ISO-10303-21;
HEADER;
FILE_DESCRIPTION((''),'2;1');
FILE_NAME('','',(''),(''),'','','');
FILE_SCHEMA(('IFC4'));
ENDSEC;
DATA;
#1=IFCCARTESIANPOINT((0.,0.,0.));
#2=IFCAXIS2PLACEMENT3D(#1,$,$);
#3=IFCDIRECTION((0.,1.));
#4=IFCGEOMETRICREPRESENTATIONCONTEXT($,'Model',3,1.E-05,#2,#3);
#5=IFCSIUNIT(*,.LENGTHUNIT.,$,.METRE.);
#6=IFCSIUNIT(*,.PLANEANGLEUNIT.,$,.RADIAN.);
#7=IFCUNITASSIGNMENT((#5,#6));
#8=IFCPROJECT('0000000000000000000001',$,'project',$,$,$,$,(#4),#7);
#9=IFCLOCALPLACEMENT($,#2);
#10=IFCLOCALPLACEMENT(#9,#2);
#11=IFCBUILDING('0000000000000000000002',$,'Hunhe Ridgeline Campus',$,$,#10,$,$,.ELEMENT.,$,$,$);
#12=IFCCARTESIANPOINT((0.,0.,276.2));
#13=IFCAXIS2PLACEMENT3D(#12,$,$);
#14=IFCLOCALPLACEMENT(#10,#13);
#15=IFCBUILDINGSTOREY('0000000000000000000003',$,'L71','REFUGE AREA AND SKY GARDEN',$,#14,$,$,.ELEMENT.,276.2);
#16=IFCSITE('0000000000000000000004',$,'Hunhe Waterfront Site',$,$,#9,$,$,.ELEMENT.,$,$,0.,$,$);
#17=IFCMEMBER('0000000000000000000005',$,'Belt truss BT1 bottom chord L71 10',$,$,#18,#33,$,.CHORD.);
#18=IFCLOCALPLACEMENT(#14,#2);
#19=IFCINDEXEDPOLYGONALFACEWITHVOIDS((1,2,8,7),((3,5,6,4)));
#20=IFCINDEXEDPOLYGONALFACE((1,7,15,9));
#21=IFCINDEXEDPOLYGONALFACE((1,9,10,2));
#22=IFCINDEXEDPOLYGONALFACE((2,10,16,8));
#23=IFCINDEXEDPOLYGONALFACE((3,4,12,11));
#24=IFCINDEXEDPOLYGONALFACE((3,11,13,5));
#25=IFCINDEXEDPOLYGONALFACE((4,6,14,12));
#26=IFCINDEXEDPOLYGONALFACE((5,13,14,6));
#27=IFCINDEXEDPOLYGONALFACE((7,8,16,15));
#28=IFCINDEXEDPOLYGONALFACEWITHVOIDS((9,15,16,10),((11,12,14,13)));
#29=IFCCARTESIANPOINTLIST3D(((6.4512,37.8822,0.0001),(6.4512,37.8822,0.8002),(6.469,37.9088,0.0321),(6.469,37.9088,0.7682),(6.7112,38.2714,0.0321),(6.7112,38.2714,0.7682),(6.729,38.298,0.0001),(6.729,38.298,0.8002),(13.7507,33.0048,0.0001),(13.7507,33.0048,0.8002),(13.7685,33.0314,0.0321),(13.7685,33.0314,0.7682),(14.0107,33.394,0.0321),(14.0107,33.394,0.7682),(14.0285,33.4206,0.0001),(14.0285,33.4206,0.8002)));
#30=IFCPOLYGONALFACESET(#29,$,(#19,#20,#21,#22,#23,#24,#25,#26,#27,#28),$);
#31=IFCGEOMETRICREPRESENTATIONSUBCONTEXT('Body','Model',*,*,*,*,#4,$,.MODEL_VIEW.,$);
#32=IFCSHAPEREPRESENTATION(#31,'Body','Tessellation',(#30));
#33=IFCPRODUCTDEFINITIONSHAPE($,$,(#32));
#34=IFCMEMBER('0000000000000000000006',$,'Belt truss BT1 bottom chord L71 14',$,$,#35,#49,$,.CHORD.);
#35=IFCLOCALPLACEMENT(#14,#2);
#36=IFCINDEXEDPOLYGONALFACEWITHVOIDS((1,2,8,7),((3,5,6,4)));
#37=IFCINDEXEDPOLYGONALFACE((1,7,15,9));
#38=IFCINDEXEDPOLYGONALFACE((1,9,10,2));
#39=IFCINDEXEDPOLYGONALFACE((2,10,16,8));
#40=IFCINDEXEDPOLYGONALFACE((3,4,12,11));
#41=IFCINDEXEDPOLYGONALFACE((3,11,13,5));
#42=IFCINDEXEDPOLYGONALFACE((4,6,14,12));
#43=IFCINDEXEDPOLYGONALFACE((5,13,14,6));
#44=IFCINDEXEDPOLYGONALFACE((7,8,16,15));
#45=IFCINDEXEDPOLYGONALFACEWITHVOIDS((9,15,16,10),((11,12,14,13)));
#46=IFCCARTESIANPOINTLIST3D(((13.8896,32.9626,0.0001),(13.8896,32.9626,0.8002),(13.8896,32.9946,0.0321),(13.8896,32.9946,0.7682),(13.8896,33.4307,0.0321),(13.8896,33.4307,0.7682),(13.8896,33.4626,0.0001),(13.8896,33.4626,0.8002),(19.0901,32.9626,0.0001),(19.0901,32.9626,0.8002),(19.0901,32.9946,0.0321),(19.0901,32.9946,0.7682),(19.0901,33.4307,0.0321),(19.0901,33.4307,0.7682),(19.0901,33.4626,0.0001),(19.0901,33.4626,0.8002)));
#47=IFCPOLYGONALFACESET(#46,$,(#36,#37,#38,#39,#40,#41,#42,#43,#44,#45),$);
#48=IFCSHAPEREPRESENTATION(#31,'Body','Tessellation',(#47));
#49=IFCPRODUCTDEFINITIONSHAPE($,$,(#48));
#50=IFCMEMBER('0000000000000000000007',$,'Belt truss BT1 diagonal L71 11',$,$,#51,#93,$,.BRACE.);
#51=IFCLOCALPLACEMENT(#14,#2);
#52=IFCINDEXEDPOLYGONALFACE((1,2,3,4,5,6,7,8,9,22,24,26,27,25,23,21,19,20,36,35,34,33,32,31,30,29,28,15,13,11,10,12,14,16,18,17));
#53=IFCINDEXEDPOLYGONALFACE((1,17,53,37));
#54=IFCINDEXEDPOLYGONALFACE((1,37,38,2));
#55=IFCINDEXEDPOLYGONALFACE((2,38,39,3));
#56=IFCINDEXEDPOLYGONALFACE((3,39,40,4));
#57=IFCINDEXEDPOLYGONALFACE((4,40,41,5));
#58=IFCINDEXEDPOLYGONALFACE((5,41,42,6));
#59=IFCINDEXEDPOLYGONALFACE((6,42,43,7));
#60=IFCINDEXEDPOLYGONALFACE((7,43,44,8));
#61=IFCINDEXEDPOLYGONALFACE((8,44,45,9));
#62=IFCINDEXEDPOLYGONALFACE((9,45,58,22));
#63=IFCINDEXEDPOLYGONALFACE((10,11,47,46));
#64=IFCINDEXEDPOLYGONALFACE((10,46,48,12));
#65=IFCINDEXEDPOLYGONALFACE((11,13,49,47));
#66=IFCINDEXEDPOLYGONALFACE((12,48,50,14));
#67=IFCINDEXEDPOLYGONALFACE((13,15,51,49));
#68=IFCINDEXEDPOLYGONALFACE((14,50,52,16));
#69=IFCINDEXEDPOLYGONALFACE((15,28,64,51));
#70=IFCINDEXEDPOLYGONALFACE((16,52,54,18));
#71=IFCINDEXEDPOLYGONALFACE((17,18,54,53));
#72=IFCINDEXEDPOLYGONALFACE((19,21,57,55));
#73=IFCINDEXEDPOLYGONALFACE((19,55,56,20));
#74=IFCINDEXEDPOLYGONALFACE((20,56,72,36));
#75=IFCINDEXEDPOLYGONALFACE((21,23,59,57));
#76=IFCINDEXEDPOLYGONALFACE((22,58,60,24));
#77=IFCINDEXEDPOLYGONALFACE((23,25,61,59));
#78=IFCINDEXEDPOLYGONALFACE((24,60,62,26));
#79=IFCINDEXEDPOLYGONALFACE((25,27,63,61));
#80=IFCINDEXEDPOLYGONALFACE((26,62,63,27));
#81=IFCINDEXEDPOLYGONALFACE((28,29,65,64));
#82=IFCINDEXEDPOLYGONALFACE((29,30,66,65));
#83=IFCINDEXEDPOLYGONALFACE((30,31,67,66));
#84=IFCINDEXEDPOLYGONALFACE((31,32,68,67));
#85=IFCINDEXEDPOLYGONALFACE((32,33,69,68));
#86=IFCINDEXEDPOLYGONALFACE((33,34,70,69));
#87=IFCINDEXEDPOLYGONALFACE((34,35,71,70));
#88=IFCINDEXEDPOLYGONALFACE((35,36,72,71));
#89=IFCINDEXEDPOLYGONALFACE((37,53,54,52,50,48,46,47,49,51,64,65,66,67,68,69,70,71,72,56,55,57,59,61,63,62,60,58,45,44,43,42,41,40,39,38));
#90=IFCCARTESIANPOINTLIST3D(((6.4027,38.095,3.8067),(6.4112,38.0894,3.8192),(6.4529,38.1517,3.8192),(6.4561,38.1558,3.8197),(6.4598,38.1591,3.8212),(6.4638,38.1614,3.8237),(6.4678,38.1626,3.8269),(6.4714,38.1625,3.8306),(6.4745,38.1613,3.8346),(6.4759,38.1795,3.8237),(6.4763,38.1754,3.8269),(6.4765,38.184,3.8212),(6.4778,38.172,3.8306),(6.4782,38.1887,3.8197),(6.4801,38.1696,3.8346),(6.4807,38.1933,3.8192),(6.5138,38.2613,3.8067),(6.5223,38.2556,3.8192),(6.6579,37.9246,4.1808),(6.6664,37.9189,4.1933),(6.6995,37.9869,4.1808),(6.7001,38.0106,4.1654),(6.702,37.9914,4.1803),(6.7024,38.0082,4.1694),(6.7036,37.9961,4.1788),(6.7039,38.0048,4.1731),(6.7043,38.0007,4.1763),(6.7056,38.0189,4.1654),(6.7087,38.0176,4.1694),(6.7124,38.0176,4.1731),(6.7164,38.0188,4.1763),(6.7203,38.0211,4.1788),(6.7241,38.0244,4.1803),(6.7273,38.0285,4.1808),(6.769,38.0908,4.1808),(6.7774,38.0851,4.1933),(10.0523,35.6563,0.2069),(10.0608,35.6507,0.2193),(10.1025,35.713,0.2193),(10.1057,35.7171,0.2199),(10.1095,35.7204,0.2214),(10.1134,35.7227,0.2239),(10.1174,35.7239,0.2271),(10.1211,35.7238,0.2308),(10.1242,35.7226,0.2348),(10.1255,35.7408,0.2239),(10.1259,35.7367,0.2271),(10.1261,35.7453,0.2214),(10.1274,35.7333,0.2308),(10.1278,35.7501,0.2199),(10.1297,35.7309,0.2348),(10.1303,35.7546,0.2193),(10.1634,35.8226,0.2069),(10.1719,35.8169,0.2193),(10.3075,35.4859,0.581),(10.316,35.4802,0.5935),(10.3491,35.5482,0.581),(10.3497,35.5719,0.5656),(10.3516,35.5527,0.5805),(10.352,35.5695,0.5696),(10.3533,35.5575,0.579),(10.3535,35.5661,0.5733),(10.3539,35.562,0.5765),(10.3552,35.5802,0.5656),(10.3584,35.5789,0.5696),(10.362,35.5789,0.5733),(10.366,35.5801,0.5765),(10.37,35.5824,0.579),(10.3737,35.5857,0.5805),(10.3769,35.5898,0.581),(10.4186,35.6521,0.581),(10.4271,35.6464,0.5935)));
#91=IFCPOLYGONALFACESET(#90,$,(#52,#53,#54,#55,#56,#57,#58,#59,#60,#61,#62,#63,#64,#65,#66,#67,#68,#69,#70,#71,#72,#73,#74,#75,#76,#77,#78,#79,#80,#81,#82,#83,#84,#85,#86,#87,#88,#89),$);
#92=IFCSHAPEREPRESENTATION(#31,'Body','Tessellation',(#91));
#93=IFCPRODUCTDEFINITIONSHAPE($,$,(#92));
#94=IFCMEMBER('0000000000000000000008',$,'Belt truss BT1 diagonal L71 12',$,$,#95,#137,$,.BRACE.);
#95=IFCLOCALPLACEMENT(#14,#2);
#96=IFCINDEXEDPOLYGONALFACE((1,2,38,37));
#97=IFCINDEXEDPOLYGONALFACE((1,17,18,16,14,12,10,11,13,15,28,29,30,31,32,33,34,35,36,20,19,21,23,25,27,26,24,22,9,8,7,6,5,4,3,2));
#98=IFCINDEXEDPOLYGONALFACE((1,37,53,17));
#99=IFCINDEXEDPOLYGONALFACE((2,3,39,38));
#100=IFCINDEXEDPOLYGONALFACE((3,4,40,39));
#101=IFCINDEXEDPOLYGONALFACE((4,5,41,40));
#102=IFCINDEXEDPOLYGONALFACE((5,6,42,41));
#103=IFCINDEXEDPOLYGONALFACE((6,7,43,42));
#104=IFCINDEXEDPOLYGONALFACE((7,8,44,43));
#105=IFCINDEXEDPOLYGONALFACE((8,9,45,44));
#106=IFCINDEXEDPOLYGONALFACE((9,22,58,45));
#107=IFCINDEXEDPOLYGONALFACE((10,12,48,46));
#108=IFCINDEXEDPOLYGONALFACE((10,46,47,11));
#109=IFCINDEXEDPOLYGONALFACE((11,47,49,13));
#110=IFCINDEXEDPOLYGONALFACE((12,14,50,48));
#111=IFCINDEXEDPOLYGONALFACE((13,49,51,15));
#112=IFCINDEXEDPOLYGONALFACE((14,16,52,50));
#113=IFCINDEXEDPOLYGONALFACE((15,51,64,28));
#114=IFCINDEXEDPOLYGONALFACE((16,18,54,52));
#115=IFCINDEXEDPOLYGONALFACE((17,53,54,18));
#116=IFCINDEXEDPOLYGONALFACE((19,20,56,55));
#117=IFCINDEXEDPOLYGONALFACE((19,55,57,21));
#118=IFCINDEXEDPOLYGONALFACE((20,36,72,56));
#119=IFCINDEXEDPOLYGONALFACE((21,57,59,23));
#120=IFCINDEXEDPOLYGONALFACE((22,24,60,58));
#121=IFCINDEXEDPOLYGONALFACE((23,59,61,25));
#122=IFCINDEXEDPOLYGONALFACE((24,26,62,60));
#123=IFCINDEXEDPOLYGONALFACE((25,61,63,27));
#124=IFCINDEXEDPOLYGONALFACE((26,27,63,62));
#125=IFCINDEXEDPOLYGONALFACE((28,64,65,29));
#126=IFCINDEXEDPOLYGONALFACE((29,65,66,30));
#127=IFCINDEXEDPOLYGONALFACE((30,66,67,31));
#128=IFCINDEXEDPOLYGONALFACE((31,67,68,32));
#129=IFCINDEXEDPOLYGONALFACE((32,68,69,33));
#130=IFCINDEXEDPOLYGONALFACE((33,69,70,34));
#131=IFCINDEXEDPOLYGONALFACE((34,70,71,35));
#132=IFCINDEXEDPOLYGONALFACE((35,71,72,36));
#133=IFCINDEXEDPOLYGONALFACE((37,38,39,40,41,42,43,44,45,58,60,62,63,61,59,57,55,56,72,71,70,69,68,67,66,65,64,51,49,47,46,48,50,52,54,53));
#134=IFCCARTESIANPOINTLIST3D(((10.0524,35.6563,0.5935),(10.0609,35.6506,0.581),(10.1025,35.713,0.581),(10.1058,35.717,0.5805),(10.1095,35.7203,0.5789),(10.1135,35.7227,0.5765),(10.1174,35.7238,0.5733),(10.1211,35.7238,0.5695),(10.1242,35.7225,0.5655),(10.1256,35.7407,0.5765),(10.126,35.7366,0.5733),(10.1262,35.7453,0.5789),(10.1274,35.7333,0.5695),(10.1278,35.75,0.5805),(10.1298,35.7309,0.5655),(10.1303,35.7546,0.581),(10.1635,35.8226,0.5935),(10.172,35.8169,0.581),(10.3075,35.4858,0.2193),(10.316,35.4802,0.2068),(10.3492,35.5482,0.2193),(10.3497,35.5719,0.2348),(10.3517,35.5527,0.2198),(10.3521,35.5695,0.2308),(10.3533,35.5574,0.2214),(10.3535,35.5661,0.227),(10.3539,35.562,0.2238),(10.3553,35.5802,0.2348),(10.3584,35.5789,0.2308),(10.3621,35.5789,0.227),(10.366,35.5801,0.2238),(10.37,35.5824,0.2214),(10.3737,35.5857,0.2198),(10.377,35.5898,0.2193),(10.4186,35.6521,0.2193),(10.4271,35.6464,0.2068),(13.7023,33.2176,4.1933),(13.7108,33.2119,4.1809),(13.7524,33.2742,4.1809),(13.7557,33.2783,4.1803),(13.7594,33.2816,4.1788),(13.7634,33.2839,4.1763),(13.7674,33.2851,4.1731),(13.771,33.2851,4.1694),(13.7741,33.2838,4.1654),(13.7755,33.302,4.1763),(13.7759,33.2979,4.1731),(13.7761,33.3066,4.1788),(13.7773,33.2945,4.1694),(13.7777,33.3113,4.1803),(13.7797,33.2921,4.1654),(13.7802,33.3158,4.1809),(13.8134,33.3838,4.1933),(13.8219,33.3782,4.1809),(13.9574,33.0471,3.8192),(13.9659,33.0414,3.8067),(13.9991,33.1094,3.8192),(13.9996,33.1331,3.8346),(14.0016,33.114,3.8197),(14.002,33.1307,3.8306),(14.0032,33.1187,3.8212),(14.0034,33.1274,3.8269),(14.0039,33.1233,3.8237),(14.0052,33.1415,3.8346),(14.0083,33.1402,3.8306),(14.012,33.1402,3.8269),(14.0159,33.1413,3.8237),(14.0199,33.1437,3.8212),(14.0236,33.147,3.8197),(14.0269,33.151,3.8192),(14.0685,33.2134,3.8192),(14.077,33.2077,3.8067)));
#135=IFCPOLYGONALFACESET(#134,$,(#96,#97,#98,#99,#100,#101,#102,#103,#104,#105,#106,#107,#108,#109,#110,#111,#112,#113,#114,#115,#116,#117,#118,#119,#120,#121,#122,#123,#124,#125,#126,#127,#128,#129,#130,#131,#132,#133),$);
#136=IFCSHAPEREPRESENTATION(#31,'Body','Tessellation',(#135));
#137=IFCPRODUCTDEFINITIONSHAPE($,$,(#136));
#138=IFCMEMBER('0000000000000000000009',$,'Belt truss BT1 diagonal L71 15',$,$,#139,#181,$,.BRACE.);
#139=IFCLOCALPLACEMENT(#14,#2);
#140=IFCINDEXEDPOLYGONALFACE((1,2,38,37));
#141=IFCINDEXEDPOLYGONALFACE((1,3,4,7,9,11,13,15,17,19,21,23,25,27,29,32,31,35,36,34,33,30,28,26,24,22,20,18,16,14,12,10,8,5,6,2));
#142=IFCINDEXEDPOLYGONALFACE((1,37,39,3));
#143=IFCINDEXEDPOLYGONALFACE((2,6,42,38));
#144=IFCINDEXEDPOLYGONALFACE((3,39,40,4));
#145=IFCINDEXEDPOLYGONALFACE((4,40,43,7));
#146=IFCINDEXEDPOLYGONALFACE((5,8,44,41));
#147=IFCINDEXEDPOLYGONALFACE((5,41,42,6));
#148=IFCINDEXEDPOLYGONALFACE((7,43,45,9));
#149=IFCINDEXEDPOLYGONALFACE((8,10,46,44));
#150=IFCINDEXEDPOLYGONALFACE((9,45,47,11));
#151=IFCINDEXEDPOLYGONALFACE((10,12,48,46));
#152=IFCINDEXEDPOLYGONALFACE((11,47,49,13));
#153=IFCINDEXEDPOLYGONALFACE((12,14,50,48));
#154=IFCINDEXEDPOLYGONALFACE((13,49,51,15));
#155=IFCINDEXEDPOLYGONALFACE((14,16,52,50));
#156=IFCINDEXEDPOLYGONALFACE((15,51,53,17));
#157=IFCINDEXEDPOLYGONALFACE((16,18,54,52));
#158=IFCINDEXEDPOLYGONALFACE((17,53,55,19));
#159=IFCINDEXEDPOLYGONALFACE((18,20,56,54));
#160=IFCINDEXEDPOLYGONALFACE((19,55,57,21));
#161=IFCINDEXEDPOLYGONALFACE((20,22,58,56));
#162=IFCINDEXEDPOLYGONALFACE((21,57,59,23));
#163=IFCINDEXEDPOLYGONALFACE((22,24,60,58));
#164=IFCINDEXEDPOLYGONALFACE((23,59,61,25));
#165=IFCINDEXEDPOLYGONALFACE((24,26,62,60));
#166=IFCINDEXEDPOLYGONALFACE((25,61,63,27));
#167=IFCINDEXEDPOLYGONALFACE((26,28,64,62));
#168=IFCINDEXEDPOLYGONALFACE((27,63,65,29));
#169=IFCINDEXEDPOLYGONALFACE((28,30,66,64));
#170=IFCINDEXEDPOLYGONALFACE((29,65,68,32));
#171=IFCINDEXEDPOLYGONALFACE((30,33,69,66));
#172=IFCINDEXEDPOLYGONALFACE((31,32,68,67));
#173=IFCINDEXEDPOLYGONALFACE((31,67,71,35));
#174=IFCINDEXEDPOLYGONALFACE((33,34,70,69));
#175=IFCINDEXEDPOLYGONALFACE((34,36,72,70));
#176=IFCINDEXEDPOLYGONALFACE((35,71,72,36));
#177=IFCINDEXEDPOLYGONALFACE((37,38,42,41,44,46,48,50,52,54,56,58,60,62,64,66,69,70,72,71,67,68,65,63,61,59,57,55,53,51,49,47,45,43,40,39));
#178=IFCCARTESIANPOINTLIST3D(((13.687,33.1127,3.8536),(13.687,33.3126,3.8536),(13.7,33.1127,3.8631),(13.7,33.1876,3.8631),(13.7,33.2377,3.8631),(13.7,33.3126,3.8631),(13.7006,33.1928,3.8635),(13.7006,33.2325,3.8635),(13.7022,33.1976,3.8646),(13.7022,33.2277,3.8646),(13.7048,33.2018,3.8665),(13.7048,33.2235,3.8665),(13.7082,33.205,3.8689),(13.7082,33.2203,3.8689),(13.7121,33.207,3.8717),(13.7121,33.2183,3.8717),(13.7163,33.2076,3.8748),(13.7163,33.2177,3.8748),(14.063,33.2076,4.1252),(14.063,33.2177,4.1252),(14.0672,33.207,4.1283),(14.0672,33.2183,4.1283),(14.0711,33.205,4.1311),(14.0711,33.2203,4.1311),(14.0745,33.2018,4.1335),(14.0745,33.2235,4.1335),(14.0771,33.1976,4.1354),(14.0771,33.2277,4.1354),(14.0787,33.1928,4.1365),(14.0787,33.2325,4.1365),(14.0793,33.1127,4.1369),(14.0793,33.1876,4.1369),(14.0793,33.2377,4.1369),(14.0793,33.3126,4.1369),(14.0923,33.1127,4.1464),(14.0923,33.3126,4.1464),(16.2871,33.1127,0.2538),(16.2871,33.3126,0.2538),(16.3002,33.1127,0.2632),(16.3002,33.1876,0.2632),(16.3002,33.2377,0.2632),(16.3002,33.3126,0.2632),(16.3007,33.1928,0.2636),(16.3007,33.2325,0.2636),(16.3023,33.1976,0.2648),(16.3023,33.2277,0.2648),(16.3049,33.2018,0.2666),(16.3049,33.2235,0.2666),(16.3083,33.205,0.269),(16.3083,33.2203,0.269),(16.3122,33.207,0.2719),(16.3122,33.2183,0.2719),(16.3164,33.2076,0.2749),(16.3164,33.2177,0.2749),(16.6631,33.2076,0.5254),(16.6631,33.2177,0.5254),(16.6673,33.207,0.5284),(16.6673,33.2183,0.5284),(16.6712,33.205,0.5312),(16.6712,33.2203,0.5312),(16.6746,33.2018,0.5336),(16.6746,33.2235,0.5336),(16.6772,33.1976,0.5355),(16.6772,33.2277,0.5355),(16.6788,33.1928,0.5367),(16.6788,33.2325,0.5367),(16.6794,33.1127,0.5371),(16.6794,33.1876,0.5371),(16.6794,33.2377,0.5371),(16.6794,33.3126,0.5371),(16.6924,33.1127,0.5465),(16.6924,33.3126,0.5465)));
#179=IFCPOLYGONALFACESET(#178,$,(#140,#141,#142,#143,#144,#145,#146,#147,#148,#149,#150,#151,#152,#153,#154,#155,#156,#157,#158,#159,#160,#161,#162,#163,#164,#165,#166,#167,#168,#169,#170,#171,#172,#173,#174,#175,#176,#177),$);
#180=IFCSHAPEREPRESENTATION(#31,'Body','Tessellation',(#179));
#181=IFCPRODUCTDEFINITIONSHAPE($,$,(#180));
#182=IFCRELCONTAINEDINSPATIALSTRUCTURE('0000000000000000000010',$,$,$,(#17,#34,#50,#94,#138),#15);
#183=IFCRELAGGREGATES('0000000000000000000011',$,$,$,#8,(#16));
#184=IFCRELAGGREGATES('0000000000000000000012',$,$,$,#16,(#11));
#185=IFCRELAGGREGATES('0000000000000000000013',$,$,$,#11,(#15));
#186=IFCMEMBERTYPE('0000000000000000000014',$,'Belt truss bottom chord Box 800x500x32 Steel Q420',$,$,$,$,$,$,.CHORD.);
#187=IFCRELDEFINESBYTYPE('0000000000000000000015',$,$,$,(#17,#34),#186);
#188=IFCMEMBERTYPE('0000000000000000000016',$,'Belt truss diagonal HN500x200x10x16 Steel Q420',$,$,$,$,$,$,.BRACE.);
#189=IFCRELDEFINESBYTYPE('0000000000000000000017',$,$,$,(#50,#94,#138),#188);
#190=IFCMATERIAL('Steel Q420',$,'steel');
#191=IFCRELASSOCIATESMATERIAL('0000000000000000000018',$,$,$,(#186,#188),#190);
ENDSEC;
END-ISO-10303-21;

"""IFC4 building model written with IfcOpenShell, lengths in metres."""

from ifc_helpers import new_model, si_unit, direction, frame, origin, origin_2d, place, context, subcontext, project, spatial, hollow_rectangle, i_section, extrude, material, material_profile, profile_set, type_object, element, save


model = new_model("IFC4")

# Units and contexts
model_context = context("Model", 3, precision=1e-05, world=origin(), true_north=direction((0.0, 1.0)))
body_context = subcontext(model_context, "Body", "Model", "MODEL_VIEW")
ifc_project = project(units=[si_unit("LENGTHUNIT", "METRE"), si_unit("PLANEANGLEUNIT", "RADIAN")], contexts=[model_context])

# Site, building, storey
site_placement = place(None, origin())
site = spatial("IfcSite", under=ifc_project, at=site_placement, Name="Hunhe Waterfront Site", CompositionType="ELEMENT", RefElevation=0.0)
building_placement = place(site_placement, origin())
building = spatial("IfcBuilding", under=site, at=building_placement, Name="Hunhe Ridgeline Campus", CompositionType="ELEMENT")
storey_placement = place(building_placement, frame((0.0, 0.0, 276.2)))
storey = spatial("IfcBuildingStorey", under=building, at=storey_placement, Name="L71", Description="REFUGE AREA AND SKY GARDEN", CompositionType="ELEMENT", Elevation=276.2)

# Members
ifc_material_1 = material(Name="Steel Q420", Category="steel")
ifc_material_profile_1 = material_profile(ifc_material_1, hollow_rectangle(XDim=0.5, YDim=0.8, WallThickness=0.032, at=origin_2d()))
ifc_profile_set_1 = profile_set([ifc_material_profile_1], Name="Steel Q420")
member_type_1 = type_object("IfcMemberType", Name="Belt truss bottom chord Box 800x500x32 Steel Q420", PredefinedType="CHORD", material=ifc_profile_set_1)
member_1_placement = place(storey_placement, frame((6.5901, 38.0901, 0.4001), z_axis=(0.831468, -0.555573, 0.0), x_axis=(0.555573, 0.831468, 0.0)))
element("IfcMember", 1, at=member_1_placement, inside=storey, type_object=member_type_1, Name="Belt truss BT1 bottom chord L71 10", PredefinedType="CHORD", context=body_context, shape_type="SweptSolid", body=[
    extrude(hollow_rectangle(XDim=0.5, YDim=0.8, WallThickness=0.032, at=origin_2d()), origin(), (0.0, 0.0, 1.0), 8.7791),
])
member_2_placement = place(storey_placement, frame((13.8896, 33.2126, 0.4001), z_axis=(1.0, 0.0, 0.0), x_axis=(0.0, 1.0, 0.0)))
element("IfcMember", 2, at=member_2_placement, inside=storey, type_object=member_type_1, Name="Belt truss BT1 bottom chord L71 14", PredefinedType="CHORD", context=body_context, shape_type="SweptSolid", body=[
    extrude(hollow_rectangle(XDim=0.5, YDim=0.8, WallThickness=0.032, at=origin_2d()), origin(), (0.0, 0.0, 1.0), 5.2004),
])
ifc_material_profile_2 = material_profile(ifc_material_1, i_section(OverallWidth=0.2, OverallDepth=0.5, WebThickness=0.01, FlangeThickness=0.0161, FilletRadius=0.02, at=origin_2d()))
ifc_profile_set_2 = profile_set([ifc_material_profile_2], Name="Steel Q420")
member_type_2 = type_object("IfcMemberType", Name="Belt truss diagonal HN500x200x10x16 Steel Q420", PredefinedType="BRACE", material=ifc_profile_set_2)
member_3_placement = place(storey_placement, frame((6.5901, 38.0901, 4.0), z_axis=(0.642905, -0.429593, -0.634132), x_axis=(0.555586, 0.831459, 0.0)))
element("IfcMember", 3, at=member_3_placement, inside=storey, type_object=member_type_2, Name="Belt truss BT1 diagonal L71 11", PredefinedType="BRACE", context=body_context, shape_type="SweptSolid", body=[
    extrude(i_section(OverallWidth=0.2, OverallDepth=0.5, WebThickness=0.01, FlangeThickness=0.0161, FilletRadius=0.02, at=origin_2d()), origin(), (0.0, 0.0, 1.0), 5.6768),
])
member_4_placement = place(storey_placement, frame((10.2397, 35.6514, 0.4001), z_axis=(0.64293, -0.429581, 0.634114), x_axis=(0.55556, 0.831477, 0.0)))
element("IfcMember", 4, at=member_4_placement, inside=storey, type_object=member_type_2, Name="Belt truss BT1 diagonal L71 12", PredefinedType="BRACE", context=body_context, shape_type="SweptSolid", body=[
    extrude(i_section(OverallWidth=0.2, OverallDepth=0.5, WebThickness=0.01, FlangeThickness=0.0161, FilletRadius=0.02, at=origin_2d()), origin(), (0.0, 0.0, 1.0), 5.677),
])
member_5_placement = place(storey_placement, frame((13.8896, 33.2126, 4.0), z_axis=(0.585521, 0.0, -0.810657), x_axis=(0.0, 1.0, 0.0)))
element("IfcMember", 5, at=member_5_placement, inside=storey, type_object=member_type_2, Name="Belt truss BT1 diagonal L71 15", PredefinedType="BRACE", context=body_context, shape_type="SweptSolid", body=[
    extrude(i_section(OverallWidth=0.2, OverallDepth=0.5, WebThickness=0.01, FlangeThickness=0.0161, FilletRadius=0.02, at=origin_2d()), origin(), (0.0, 0.0, 1.0), 4.4407),
])

save(model, "model.ifc")
